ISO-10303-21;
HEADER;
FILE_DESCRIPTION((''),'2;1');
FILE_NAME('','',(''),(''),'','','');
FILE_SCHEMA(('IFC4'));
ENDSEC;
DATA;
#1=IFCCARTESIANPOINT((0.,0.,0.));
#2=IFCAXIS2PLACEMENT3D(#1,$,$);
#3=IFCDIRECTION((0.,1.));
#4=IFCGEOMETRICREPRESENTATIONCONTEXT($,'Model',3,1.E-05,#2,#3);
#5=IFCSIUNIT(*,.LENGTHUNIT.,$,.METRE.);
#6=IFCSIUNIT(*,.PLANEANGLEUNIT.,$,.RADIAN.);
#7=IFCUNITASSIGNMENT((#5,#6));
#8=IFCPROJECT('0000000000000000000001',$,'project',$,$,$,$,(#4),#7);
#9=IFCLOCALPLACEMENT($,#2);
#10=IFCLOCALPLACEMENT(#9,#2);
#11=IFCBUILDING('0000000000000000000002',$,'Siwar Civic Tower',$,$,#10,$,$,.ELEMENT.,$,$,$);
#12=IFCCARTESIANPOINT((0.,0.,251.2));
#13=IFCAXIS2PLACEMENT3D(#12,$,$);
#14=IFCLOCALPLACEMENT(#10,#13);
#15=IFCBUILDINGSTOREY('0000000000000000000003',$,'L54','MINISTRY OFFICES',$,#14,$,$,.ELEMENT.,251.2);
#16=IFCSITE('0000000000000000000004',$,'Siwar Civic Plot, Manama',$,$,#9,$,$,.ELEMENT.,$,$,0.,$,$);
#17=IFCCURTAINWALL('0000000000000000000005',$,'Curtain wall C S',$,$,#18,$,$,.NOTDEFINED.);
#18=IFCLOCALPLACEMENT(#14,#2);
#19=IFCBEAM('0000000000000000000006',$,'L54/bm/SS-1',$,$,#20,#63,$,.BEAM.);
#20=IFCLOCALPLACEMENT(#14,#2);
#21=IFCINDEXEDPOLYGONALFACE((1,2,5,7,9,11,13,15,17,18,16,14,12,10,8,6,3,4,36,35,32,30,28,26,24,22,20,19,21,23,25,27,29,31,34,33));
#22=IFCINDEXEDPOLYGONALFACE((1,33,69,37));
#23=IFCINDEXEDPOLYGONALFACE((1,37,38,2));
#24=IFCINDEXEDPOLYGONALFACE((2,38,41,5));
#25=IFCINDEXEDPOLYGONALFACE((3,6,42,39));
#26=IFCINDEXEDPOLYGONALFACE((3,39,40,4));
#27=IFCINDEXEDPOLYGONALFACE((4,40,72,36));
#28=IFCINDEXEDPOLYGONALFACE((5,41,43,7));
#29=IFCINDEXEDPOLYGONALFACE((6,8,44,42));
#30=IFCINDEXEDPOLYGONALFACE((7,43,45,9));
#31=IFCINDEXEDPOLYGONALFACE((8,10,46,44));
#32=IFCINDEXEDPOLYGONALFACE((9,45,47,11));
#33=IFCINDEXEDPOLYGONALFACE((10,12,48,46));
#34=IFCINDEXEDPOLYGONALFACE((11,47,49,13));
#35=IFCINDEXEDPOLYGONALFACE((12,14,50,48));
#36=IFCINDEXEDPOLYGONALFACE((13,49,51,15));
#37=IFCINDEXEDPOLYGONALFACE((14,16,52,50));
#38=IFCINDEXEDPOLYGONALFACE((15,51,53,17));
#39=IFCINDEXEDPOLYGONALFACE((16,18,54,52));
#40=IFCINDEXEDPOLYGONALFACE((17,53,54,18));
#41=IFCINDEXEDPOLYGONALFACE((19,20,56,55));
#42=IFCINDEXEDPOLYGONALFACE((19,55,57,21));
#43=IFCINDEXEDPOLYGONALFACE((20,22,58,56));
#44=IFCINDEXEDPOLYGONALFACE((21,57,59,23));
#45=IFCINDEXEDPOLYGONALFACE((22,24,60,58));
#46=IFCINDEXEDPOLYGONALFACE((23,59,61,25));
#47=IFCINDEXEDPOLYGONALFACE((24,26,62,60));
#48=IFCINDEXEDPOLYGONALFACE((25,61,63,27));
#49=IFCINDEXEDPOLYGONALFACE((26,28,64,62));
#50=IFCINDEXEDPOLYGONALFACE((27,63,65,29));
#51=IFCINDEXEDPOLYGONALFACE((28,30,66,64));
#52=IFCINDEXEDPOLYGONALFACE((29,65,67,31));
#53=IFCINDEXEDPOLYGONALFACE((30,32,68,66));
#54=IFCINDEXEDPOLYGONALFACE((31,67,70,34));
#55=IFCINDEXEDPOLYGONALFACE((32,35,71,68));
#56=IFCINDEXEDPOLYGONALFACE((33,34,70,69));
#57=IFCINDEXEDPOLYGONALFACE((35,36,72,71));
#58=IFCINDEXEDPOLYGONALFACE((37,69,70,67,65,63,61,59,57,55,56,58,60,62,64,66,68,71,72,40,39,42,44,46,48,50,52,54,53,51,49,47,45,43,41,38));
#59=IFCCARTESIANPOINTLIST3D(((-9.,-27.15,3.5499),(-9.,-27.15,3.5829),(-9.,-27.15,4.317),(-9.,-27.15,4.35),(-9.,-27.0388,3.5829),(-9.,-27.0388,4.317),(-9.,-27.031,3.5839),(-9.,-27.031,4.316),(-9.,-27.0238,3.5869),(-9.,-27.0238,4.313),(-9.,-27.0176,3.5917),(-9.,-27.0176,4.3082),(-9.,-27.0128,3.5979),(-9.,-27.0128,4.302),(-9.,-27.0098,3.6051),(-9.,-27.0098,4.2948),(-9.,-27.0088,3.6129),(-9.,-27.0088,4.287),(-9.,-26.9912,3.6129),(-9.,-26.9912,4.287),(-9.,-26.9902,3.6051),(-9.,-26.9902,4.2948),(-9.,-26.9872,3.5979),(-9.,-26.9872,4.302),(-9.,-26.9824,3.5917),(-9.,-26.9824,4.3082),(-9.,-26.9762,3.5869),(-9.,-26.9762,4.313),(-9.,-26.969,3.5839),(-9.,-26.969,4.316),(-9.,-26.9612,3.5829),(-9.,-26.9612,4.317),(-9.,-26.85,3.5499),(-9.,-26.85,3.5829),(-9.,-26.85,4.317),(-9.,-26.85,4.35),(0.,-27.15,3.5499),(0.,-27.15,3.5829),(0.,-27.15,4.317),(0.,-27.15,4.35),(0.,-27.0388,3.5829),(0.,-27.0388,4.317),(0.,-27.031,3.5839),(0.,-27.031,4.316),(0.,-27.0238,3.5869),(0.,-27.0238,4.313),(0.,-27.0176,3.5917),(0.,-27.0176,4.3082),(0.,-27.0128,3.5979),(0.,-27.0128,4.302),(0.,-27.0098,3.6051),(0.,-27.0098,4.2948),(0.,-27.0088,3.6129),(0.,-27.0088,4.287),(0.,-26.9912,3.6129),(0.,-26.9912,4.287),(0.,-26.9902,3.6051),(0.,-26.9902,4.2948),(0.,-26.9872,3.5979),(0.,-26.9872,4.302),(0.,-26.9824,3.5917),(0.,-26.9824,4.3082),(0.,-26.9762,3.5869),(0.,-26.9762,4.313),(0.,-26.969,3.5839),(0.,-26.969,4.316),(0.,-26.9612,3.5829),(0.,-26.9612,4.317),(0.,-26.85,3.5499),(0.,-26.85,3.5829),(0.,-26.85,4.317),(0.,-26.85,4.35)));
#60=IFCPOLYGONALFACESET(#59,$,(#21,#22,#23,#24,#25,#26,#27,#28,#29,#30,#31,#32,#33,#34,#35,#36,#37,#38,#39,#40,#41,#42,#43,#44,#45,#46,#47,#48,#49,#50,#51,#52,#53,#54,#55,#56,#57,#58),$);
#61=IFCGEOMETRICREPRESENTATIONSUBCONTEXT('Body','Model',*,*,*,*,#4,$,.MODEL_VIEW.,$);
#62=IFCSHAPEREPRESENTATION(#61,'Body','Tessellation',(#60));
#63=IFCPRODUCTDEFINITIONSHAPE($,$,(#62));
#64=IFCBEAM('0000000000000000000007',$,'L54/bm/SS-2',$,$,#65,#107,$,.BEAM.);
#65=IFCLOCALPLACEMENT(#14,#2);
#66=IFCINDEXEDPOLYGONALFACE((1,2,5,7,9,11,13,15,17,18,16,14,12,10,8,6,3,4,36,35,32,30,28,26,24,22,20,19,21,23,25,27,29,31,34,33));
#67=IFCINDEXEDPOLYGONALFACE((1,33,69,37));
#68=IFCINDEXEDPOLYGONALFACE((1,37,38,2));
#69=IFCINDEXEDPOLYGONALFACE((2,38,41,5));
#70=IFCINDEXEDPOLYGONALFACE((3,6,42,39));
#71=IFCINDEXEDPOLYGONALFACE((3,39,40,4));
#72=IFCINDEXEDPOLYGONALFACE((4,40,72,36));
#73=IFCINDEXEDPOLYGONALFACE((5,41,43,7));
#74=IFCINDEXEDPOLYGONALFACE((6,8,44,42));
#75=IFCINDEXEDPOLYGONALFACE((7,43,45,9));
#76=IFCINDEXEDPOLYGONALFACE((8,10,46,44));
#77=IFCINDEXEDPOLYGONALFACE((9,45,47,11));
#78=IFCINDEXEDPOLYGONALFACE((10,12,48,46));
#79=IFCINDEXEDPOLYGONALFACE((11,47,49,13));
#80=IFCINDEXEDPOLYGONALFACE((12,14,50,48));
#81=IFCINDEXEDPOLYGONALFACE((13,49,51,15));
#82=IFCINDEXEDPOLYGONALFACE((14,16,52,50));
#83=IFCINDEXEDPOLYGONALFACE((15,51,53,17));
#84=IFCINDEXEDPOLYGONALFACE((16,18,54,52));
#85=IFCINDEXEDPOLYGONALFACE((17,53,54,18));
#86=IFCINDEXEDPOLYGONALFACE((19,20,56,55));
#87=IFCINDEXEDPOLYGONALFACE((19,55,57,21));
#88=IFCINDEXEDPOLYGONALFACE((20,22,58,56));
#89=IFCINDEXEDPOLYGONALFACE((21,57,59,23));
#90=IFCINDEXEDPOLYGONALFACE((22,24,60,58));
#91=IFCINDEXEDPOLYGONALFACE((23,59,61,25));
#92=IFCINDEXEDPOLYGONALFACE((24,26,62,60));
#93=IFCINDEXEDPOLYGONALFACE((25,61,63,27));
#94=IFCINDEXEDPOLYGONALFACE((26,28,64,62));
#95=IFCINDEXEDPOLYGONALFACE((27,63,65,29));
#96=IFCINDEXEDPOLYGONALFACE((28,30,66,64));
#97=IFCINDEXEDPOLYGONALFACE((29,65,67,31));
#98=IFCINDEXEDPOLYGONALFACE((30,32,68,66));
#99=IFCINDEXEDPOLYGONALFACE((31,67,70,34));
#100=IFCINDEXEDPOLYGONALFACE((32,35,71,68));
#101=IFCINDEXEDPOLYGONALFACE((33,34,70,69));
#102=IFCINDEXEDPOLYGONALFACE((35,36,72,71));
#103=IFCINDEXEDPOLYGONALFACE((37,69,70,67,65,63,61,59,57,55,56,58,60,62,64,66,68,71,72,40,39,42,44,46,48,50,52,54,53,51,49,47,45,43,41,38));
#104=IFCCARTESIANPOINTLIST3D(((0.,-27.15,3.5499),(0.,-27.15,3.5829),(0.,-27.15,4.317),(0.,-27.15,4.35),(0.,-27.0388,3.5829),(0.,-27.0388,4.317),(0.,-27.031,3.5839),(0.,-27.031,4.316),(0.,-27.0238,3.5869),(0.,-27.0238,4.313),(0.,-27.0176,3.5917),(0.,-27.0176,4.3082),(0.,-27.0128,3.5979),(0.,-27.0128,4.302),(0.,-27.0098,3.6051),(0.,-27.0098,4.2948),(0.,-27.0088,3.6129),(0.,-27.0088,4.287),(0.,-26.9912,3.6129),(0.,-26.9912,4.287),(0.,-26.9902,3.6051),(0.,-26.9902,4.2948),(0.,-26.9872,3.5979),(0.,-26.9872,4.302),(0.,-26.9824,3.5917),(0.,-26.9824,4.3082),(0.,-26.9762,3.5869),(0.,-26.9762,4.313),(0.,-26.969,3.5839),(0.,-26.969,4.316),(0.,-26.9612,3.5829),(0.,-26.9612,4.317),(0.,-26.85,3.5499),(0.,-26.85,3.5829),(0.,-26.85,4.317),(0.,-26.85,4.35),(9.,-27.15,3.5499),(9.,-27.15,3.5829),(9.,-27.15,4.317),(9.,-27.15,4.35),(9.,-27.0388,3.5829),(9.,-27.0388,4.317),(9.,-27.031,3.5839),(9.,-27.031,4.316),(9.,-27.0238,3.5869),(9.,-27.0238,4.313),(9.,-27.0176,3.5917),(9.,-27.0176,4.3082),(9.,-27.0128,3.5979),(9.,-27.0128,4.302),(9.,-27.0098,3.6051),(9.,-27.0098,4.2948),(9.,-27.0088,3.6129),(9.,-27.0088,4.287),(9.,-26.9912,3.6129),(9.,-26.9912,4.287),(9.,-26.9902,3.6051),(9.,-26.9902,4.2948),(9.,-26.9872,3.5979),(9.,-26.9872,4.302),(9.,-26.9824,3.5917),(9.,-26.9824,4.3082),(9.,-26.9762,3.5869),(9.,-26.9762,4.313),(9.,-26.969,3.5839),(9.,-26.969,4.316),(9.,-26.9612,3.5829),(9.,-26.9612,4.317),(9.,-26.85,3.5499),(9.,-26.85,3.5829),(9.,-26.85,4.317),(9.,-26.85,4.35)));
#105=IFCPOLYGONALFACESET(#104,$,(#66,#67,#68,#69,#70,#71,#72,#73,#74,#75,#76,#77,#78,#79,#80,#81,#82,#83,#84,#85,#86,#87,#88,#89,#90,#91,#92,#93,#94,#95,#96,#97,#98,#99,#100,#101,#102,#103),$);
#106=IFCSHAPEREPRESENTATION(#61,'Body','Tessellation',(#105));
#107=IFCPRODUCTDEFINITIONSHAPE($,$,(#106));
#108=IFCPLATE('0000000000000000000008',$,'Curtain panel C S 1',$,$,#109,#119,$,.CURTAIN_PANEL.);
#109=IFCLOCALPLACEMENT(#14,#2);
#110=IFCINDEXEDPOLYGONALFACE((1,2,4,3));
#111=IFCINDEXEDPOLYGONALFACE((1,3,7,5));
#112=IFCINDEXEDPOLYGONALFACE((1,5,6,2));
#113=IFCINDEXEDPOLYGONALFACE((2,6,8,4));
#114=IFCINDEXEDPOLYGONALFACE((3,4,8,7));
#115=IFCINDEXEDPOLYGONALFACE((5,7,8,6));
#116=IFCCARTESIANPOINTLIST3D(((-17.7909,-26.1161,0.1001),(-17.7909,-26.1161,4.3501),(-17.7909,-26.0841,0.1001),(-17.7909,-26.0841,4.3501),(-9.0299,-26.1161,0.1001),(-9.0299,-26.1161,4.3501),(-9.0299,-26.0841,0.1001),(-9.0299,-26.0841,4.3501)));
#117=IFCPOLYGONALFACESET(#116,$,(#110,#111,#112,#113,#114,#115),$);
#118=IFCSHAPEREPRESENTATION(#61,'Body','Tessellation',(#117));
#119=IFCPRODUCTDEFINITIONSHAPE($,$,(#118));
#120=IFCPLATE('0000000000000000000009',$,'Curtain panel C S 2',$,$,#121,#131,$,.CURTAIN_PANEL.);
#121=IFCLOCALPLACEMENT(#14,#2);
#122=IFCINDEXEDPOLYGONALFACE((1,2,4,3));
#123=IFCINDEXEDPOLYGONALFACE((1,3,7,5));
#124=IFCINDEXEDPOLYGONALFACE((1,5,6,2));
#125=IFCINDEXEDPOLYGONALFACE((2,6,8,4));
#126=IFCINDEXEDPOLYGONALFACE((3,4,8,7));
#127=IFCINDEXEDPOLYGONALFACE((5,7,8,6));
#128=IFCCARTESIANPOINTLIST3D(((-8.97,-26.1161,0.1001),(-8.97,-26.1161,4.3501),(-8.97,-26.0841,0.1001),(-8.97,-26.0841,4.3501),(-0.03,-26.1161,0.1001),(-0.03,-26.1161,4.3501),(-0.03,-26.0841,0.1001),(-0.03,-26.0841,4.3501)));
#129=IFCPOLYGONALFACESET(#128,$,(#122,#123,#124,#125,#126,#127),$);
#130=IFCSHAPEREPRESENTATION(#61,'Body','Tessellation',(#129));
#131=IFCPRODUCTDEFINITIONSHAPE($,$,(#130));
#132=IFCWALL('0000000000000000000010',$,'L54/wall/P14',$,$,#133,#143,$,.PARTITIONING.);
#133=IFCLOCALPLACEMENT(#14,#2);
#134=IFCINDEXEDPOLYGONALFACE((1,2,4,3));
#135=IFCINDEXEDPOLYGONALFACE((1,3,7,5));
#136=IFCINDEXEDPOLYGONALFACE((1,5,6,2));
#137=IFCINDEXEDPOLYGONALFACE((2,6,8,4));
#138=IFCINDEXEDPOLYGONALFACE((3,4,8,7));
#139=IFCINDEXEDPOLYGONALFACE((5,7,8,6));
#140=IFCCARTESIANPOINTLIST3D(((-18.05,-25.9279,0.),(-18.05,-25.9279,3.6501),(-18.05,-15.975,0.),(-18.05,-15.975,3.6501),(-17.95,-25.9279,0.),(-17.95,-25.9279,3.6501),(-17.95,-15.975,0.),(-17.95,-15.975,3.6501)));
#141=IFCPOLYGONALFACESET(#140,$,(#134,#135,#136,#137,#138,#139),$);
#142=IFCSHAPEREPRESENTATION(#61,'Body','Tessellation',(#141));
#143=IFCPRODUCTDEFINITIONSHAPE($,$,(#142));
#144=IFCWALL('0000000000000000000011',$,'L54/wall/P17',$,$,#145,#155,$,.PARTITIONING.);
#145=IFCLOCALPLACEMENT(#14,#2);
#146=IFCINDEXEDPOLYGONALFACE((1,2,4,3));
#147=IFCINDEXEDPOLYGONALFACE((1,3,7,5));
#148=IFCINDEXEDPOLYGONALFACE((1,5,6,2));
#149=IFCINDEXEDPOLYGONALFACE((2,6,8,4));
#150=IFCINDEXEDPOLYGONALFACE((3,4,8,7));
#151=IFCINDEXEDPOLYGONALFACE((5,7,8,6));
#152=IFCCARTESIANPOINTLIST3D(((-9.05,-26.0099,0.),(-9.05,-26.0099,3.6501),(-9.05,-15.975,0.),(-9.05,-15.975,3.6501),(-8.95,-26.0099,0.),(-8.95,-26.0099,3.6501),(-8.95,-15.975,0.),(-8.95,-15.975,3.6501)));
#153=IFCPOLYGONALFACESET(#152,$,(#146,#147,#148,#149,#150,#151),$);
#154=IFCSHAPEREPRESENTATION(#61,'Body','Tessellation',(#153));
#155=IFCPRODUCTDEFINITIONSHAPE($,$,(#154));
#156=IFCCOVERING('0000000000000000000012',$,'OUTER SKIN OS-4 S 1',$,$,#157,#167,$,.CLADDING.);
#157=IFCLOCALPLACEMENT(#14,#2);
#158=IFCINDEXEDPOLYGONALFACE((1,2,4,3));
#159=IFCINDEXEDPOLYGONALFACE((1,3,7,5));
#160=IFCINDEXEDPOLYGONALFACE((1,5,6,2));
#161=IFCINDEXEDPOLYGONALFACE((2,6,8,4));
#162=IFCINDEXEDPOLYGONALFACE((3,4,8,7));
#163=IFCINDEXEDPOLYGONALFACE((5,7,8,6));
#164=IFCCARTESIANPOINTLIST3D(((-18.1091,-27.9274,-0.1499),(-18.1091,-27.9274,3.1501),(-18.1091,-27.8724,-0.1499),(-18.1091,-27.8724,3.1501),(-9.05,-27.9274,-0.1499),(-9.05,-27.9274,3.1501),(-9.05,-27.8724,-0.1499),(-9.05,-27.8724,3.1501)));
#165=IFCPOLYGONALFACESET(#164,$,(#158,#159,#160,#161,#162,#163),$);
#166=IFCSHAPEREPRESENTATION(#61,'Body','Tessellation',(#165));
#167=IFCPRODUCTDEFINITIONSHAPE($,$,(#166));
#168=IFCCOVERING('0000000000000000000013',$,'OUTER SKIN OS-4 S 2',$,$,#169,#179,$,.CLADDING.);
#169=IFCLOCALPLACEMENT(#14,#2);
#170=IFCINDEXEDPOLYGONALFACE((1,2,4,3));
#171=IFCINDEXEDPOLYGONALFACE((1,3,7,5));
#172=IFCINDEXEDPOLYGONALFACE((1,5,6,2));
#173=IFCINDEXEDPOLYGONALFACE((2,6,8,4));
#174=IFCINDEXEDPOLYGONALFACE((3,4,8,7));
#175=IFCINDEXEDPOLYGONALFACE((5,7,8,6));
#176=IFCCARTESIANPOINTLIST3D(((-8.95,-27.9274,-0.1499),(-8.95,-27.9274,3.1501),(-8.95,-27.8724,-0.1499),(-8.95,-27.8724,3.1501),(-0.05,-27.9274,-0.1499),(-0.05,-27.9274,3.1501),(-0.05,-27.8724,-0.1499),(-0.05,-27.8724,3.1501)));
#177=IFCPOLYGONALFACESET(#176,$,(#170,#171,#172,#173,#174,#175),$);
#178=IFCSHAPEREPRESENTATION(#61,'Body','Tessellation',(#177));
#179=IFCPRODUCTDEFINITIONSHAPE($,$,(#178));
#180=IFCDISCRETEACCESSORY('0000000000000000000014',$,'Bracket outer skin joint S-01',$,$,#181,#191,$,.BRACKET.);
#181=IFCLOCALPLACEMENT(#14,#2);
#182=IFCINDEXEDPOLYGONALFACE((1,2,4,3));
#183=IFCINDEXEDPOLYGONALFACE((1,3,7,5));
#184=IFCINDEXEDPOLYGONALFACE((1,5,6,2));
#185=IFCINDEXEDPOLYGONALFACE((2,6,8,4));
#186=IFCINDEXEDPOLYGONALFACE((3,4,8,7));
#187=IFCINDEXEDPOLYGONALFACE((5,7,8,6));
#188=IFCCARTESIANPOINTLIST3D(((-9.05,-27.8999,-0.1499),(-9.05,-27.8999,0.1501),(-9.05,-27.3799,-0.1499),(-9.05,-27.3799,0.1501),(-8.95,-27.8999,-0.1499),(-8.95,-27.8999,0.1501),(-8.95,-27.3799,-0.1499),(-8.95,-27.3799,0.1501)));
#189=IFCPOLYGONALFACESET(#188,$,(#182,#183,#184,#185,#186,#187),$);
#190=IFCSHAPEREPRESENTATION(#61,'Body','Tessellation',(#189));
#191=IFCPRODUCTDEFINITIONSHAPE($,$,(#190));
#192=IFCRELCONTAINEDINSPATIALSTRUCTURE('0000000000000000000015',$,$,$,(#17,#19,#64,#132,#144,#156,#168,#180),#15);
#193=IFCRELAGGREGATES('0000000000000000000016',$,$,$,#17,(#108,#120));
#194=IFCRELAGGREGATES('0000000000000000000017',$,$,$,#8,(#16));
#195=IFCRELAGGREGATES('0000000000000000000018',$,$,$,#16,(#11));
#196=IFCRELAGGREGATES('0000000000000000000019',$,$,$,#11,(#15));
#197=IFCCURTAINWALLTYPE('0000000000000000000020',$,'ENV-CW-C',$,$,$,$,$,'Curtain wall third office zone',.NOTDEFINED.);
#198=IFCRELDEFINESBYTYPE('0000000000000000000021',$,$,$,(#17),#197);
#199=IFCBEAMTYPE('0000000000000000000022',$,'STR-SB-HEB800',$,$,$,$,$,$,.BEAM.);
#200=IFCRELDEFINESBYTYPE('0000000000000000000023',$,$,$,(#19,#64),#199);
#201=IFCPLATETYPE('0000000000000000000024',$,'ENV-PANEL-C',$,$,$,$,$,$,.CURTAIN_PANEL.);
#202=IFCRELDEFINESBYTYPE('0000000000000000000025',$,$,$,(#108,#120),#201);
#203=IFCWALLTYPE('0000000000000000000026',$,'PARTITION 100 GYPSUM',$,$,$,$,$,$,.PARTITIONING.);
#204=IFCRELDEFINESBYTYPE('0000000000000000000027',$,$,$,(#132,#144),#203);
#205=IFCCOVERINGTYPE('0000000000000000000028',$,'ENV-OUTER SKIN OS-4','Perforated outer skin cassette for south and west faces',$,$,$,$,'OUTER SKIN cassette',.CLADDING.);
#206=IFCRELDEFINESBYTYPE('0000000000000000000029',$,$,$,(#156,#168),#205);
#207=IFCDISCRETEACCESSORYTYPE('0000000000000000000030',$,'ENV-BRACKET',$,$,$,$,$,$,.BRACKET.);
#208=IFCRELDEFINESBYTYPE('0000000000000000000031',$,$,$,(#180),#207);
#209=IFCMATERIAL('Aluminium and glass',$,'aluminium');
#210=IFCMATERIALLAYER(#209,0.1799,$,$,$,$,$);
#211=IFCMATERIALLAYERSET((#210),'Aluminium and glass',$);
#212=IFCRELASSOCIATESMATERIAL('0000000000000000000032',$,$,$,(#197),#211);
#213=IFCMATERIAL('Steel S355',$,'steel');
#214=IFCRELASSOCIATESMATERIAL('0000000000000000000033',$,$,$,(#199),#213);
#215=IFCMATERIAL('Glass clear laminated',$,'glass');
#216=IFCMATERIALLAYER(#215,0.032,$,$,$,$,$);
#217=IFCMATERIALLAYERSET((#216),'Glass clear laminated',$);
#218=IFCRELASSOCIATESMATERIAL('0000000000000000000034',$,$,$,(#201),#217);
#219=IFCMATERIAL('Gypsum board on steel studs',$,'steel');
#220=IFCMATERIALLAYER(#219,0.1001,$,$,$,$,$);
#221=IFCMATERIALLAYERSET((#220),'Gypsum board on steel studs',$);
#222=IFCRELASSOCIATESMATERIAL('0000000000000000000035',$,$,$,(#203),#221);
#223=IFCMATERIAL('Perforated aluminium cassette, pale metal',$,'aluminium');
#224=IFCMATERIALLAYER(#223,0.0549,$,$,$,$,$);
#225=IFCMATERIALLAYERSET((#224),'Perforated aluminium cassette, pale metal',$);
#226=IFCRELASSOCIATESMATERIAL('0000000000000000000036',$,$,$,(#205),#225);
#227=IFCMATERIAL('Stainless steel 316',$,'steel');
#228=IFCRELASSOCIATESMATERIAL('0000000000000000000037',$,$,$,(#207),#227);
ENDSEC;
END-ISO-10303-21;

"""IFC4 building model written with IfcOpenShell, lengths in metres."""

from ifc_helpers import new_model, si_unit, direction, frame, frame_2d, origin, origin_2d, place, context, subcontext, project, spatial, rectangle, i_section, extrude, material, layer, layer_set, material_profile, profile_set, type_object, element, aggregate, save


model = new_model("IFC4")

# Units and contexts
model_context = context("Model", 3, precision=1e-05, world=origin(), true_north=direction((0.0, 1.0)))
body_context = subcontext(model_context, "Body", "Model", "MODEL_VIEW")
ifc_project = project(units=[si_unit("LENGTHUNIT", "METRE"), si_unit("PLANEANGLEUNIT", "RADIAN")], contexts=[model_context])

# Site, building, storey
site_placement = place(None, origin())
site = spatial("IfcSite", under=ifc_project, at=site_placement, Name="Siwar Civic Plot, Manama", CompositionType="ELEMENT", RefElevation=0.0)
building_placement = place(site_placement, origin())
building = spatial("IfcBuilding", under=site, at=building_placement, Name="Siwar Civic Tower", CompositionType="ELEMENT")
storey_placement = place(building_placement, frame((0.0, 0.0, 251.2)))
storey = spatial("IfcBuildingStorey", under=building, at=storey_placement, Name="L54", Description="MINISTRY OFFICES", CompositionType="ELEMENT", Elevation=251.2)

# Curtain wall
ifc_material_1 = material(Name="Aluminium and glass", Category="aluminium")
ifc_layer_1 = layer(ifc_material_1, 0.1799)
ifc_layer_set_1 = layer_set([ifc_layer_1], Name="Aluminium and glass")
curtain_wall_type = type_object("IfcCurtainWallType", Name="ENV-CW-C", ElementType="Curtain wall third office zone", PredefinedType="NOTDEFINED", material=ifc_layer_set_1)
curtain_wall_placement = place(storey_placement, origin())
curtain_wall = element("IfcCurtainWall", 1, at=curtain_wall_placement, inside=storey, type_object=curtain_wall_type, Name="Curtain wall C S", PredefinedType="NOTDEFINED")

# Beams
ifc_material_2 = material(Name="Steel S355", Category="steel")
ifc_material_profile_1 = material_profile(ifc_material_2, i_section(OverallWidth=0.3, OverallDepth=0.8, WebThickness=0.0176, FlangeThickness=0.033, FilletRadius=0.03, at=origin_2d()), Name="HEB800")
ifc_profile_set_1 = profile_set([ifc_material_profile_1], Name="Steel S355")
beam_type_1 = type_object("IfcBeamType", Name="STR-SB-HEB800", PredefinedType="BEAM", material=ifc_profile_set_1)
for number, where, z_axis, x_axis, name in (
    (2, (-9.0, -27.0, 3.95), (1.0, 0.0, 0.0), (0.0, 1.0, 0.0), "L54/bm/SS-1"),
    (3, (0.0, -27.0, 3.95), (1.0, 0.0, 0.0), (0.0, 1.0, 0.0), "L54/bm/SS-2"),
):
    element("IfcBeam", number, at=place(storey_placement, frame(where, z_axis=z_axis, x_axis=x_axis)), inside=storey, type_object=beam_type_1, Name=name, PredefinedType="BEAM", context=body_context, shape_type="SweptSolid", body=[
        extrude(i_section(OverallWidth=0.3, OverallDepth=0.8, WebThickness=0.0176, FlangeThickness=0.033, FilletRadius=0.03, at=origin_2d()), origin(), (0.0, 0.0, 1.0), 9.0),
    ])

# Plates
ifc_material_3 = material(Name="Glass clear laminated", Category="glass")
ifc_layer_2 = layer(ifc_material_3, 0.032)
ifc_layer_set_2 = layer_set([ifc_layer_2], Name="Glass clear laminated")
plate_type = type_object("IfcPlateType", Name="ENV-PANEL-C", PredefinedType="CURTAIN_PANEL", material=ifc_layer_set_2)
plate_1_placement = place(storey_placement, frame((-13.4104, -26.1001, 0.1001), z_axis=(0.0, 0.0, 1.0), x_axis=(1.0, 0.0, 0.0)))
plate_1 = element("IfcPlate", 4, at=plate_1_placement, type_object=plate_type, Name="Curtain panel C S 1", PredefinedType="CURTAIN_PANEL", context=body_context, shape_type="SweptSolid", body=[
    extrude(rectangle(XDim=8.761, YDim=0.032, at=origin_2d()), origin(), (0.0, 0.0, 1.0), 4.25),
])
plate_2_placement = place(storey_placement, frame((-4.5, -26.1001, 0.1001), z_axis=(0.0, 0.0, 1.0), x_axis=(1.0, 0.0, 0.0)))
plate_2 = element("IfcPlate", 5, at=plate_2_placement, type_object=plate_type, Name="Curtain panel C S 2", PredefinedType="CURTAIN_PANEL", context=body_context, shape_type="SweptSolid", body=[
    extrude(rectangle(XDim=8.9399, YDim=0.032, at=origin_2d()), origin(), (0.0, 0.0, 1.0), 4.25),
])
aggregate(curtain_wall, [plate_1, plate_2])

# Walls
ifc_material_4 = material(Name="Gypsum board on steel studs", Category="steel")
ifc_layer_3 = layer(ifc_material_4, 0.1001)
ifc_layer_set_3 = layer_set([ifc_layer_3], Name="Gypsum board on steel studs")
wall_type = type_object("IfcWallType", Name="PARTITION 100 GYPSUM", PredefinedType="PARTITIONING", material=ifc_layer_set_3)
wall_1_placement = place(storey_placement, frame((-18.0, -25.928, 0.0), z_axis=(0.0, 0.0, 1.0), x_axis=(0.0, 1.0, 0.0)))
element("IfcWall", 6, at=wall_1_placement, inside=storey, type_object=wall_type, Name="L54/wall/P14", PredefinedType="PARTITIONING", context=body_context, shape_type="SweptSolid", body=[
    extrude(rectangle(XDim=9.9529, YDim=0.1001, at=frame_2d((4.9766, 0.0))), origin(), (0.0, 0.0, 1.0), 3.6501),
])
wall_2_placement = place(storey_placement, frame((-9.0, -26.01, 0.0), z_axis=(0.0, 0.0, 1.0), x_axis=(0.0, 1.0, 0.0)))
element("IfcWall", 7, at=wall_2_placement, inside=storey, type_object=wall_type, Name="L54/wall/P17", PredefinedType="PARTITIONING", context=body_context, shape_type="SweptSolid", body=[
    extrude(rectangle(XDim=10.0349, YDim=0.1001, at=frame_2d((5.0176, 0.0))), origin(), (0.0, 0.0, 1.0), 3.6501),
])

# Coverings
ifc_material_5 = material(Name="Perforated aluminium cassette, pale metal", Category="aluminium")
ifc_layer_4 = layer(ifc_material_5, 0.0549)
ifc_layer_set_4 = layer_set([ifc_layer_4], Name="Perforated aluminium cassette, pale metal")
covering_type = type_object("IfcCoveringType", Name="ENV-OUTER SKIN OS-4", Description="Perforated outer skin cassette for south and west faces", ElementType="OUTER SKIN cassette", PredefinedType="CLADDING", material=ifc_layer_set_4)
covering_1_placement = place(storey_placement, frame((-13.5796, -27.8999, -0.1499), z_axis=(0.0, 0.0, 1.0), x_axis=(1.0, 0.0, 0.0)))
element("IfcCovering", 8, at=covering_1_placement, inside=storey, type_object=covering_type, Name="OUTER SKIN OS-4 S 1", PredefinedType="CLADDING", context=body_context, shape_type="SweptSolid", body=[
    extrude(rectangle(XDim=9.0591, YDim=0.0549, at=origin_2d()), origin(), (0.0, 0.0, 1.0), 3.3),
])
covering_2_placement = place(storey_placement, frame((-4.5, -27.8999, -0.1499), z_axis=(0.0, 0.0, 1.0), x_axis=(1.0, 0.0, 0.0)))
element("IfcCovering", 9, at=covering_2_placement, inside=storey, type_object=covering_type, Name="OUTER SKIN OS-4 S 2", PredefinedType="CLADDING", context=body_context, shape_type="SweptSolid", body=[
    extrude(rectangle(XDim=8.8999, YDim=0.0549, at=origin_2d()), origin(), (0.0, 0.0, 1.0), 3.3),
])

# Discrete accessory
ifc_material_6 = material(Name="Stainless steel 316", Category="steel")
discrete_accessory_type = type_object("IfcDiscreteAccessoryType", Name="ENV-BRACKET", PredefinedType="BRACKET", material=ifc_material_6)
discrete_accessory_placement = place(storey_placement, frame((-9.0, -27.6399, -0.1499), z_axis=(0.0, 0.0, 1.0), x_axis=(0.0, -1.0, 0.0)))
element("IfcDiscreteAccessory", 10, at=discrete_accessory_placement, inside=storey, type_object=discrete_accessory_type, Name="Bracket outer skin joint S-01", PredefinedType="BRACKET", context=body_context, shape_type="SweptSolid", body=[
    extrude(rectangle(XDim=0.52, YDim=0.1001, at=origin_2d()), origin(), (0.0, 0.0, 1.0), 0.3),
])

save(model, "model.ifc")
